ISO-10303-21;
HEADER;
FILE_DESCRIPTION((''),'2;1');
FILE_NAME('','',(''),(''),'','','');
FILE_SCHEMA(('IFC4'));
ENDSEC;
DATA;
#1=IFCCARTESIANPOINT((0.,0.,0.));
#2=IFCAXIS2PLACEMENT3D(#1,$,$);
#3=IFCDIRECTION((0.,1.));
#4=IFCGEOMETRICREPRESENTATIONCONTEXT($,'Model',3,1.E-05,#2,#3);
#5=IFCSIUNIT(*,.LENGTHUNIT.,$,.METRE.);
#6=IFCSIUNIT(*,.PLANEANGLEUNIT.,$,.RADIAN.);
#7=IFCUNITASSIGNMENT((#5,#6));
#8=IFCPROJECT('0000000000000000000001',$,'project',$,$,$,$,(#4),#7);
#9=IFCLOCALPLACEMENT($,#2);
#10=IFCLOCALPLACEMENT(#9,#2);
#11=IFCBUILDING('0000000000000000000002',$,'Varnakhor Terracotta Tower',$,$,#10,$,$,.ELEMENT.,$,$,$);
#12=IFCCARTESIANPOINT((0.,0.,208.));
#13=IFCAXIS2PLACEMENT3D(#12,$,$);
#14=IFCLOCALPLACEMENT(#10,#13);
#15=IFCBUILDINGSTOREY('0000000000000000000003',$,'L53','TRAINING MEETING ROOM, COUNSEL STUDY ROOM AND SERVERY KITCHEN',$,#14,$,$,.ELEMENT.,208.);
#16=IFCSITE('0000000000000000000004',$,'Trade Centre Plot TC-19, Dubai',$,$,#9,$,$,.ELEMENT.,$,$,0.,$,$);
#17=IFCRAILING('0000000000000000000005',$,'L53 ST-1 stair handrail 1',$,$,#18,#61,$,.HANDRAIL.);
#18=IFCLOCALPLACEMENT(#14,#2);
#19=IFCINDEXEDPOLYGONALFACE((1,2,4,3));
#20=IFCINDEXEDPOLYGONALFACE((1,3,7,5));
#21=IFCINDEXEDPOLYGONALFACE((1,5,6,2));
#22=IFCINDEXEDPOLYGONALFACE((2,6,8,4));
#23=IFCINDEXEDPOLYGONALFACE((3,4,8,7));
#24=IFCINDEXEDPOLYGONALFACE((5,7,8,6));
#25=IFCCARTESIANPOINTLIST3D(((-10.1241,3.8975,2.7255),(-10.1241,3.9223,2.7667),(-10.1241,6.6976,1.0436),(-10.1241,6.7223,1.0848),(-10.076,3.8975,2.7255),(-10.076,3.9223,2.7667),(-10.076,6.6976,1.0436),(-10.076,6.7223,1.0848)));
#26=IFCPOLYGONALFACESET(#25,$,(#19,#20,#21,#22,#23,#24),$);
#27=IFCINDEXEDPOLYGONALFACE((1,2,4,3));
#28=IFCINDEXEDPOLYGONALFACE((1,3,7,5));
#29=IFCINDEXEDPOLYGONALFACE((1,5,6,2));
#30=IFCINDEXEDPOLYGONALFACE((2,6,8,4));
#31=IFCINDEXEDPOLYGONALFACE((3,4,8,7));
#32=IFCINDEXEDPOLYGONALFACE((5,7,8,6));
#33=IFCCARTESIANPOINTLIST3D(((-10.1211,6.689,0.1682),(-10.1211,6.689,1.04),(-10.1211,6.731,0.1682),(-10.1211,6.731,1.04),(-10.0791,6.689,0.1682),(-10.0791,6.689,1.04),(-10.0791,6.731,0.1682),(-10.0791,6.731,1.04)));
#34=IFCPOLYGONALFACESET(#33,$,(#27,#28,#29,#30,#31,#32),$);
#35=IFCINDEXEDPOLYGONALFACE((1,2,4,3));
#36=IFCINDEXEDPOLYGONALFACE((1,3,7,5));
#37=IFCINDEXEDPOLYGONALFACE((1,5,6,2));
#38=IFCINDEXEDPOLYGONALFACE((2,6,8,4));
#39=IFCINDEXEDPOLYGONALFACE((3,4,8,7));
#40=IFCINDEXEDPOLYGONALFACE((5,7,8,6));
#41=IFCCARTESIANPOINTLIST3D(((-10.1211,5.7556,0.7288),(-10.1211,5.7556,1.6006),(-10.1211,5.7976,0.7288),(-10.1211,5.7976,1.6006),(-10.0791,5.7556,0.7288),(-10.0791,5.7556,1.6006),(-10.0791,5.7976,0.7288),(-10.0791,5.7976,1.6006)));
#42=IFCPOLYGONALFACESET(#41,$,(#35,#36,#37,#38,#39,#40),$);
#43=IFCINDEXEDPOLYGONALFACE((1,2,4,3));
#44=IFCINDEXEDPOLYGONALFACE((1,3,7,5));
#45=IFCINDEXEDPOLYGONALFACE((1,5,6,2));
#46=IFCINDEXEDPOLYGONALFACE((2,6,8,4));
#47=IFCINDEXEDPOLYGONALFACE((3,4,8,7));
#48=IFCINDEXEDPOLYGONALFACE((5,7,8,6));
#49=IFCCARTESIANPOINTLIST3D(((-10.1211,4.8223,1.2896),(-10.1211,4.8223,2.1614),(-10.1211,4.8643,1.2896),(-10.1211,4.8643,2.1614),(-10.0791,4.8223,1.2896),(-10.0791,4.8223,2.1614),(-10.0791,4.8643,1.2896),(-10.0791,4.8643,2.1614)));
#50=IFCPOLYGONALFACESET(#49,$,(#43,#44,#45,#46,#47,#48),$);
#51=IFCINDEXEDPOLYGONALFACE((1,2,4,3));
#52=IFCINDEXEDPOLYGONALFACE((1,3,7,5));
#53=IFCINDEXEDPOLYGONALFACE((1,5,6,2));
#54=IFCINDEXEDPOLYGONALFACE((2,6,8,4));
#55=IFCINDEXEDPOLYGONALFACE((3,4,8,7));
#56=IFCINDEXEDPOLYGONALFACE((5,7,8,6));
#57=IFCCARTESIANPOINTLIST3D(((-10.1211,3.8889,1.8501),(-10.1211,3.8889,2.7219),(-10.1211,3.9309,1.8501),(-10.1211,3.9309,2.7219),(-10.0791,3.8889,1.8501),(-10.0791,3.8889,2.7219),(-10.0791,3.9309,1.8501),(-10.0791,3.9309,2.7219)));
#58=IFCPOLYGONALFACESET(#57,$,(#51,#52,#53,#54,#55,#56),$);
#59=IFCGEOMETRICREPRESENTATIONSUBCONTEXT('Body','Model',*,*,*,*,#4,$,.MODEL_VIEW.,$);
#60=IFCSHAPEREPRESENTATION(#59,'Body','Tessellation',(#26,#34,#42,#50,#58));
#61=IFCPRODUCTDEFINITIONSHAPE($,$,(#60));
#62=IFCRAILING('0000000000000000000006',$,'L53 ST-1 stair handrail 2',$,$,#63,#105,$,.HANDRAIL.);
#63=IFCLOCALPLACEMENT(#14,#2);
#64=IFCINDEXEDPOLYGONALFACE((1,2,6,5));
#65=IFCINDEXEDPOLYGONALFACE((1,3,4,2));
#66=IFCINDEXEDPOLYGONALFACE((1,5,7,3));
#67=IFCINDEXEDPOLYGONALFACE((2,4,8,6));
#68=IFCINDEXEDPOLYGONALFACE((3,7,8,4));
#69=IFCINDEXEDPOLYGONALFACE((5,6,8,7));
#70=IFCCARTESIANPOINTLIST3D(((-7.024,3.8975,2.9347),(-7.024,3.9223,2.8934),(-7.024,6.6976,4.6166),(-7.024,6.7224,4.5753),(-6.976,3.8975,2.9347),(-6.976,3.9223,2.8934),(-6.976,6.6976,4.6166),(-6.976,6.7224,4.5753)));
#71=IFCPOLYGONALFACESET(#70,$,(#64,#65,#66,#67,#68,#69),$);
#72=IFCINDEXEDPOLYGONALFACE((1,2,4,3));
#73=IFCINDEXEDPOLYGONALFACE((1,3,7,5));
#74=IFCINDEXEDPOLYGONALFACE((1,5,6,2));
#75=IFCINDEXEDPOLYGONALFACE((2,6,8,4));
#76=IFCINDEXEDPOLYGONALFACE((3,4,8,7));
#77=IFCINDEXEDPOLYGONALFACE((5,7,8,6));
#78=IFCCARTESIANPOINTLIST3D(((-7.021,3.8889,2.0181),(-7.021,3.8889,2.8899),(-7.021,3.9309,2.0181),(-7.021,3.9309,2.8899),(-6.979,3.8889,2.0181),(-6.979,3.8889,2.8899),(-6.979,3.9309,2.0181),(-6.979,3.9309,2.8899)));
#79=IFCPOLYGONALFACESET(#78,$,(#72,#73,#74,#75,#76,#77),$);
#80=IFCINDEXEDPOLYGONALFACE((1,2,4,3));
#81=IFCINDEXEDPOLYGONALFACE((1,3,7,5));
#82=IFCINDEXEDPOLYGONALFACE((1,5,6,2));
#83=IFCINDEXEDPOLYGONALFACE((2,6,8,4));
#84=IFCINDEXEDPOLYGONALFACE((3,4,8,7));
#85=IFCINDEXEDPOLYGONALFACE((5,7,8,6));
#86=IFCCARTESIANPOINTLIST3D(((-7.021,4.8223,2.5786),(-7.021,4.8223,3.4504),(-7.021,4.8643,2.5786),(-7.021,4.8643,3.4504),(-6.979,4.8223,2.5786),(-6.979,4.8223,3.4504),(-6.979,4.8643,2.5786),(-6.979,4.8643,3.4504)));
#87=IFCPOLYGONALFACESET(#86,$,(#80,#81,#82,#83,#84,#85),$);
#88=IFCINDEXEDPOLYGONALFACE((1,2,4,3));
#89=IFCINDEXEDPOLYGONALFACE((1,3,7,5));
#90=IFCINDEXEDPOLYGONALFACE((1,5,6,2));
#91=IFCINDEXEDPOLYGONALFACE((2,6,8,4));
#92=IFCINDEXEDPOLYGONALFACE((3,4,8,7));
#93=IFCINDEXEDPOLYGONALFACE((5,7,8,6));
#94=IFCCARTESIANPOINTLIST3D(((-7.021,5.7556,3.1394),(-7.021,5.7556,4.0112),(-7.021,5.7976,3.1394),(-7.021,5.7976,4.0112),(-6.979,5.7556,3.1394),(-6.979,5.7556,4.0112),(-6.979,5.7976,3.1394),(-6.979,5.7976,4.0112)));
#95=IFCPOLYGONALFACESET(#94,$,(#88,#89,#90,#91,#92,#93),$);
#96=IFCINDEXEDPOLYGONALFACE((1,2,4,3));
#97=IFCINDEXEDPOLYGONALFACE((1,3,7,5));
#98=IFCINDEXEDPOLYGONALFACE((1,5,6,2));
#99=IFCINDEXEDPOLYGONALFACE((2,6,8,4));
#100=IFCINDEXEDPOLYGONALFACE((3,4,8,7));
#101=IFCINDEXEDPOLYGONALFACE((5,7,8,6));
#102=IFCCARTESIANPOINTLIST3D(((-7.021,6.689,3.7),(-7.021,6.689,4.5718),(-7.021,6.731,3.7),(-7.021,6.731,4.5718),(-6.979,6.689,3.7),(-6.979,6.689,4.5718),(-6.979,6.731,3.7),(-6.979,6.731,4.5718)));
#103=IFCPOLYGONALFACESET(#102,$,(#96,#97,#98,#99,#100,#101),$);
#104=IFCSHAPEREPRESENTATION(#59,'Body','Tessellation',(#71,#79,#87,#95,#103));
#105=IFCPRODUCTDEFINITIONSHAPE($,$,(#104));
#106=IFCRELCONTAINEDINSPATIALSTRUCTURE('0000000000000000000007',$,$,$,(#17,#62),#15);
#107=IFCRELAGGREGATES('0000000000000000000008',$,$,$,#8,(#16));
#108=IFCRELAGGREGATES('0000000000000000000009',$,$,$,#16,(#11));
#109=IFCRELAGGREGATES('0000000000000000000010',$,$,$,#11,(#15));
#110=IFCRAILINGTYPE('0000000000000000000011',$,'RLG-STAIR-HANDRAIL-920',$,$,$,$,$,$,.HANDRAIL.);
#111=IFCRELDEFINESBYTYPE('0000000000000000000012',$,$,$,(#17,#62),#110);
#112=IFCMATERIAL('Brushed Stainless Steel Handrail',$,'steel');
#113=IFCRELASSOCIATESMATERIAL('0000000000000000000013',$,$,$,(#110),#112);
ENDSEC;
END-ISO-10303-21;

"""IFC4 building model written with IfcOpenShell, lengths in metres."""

from ifc_helpers import new_model, si_unit, direction, frame, origin, origin_2d, place, context, subcontext, project, spatial, rectangle, extrude, material, type_object, element, save


model = new_model("IFC4")

# Units and contexts
model_context = context("Model", 3, precision=1e-05, world=origin(), true_north=direction((0.0, 1.0)))
body_context = subcontext(model_context, "Body", "Model", "MODEL_VIEW")
ifc_project = project(units=[si_unit("LENGTHUNIT", "METRE"), si_unit("PLANEANGLEUNIT", "RADIAN")], contexts=[model_context])

# Site, building, storey
site_placement = place(None, origin())
site = spatial("IfcSite", under=ifc_project, at=site_placement, Name="Trade Centre Plot TC-19, Dubai", CompositionType="ELEMENT", RefElevation=0.0)
building_placement = place(site_placement, origin())
building = spatial("IfcBuilding", under=site, at=building_placement, Name="Varnakhor Terracotta Tower", CompositionType="ELEMENT")
storey_placement = place(building_placement, frame((0.0, 0.0, 208.0)))
storey = spatial("IfcBuildingStorey", under=building, at=storey_placement, Name="L53", Description="TRAINING MEETING ROOM, COUNSEL STUDY ROOM AND SERVERY KITCHEN", CompositionType="ELEMENT", Elevation=208.0)

# Railings
ifc_material_1 = material(Name="Brushed Stainless Steel Handrail", Category="steel")
railing_type_1 = type_object("IfcRailingType", Name="RLG-STAIR-HANDRAIL-920", PredefinedType="HANDRAIL", material=ifc_material_1)
railing_1_placement = place(storey_placement, frame((-10.1001, 6.71, 0.1682)))
element("IfcRailing", 1, at=railing_1_placement, inside=storey, type_object=railing_type_1, Name="L53 ST-1 stair handrail 1", PredefinedType="HANDRAIL", context=body_context, shape_type="SweptSolid", body=[
    extrude(rectangle(XDim=0.0481, YDim=0.0481, at=origin_2d()), frame((0.0, 0.0, 0.896), z_axis=(0.0, -0.857242, 0.514913), x_axis=(1.0, 0.0, 0.0)), (0.0, 0.0, 1.0), 3.2664),
    extrude(rectangle(XDim=0.042, YDim=0.042, at=origin_2d()), origin(), (0.0, 0.0, 1.0), 0.8718),
    extrude(rectangle(XDim=0.042, YDim=0.042, at=origin_2d()), frame((0.0, -0.9333, 0.5605)), (0.0, 0.0, 1.0), 0.8718),
    extrude(rectangle(XDim=0.042, YDim=0.042, at=origin_2d()), frame((0.0, -1.8667, 1.1213)), (0.0, 0.0, 1.0), 0.8718),
    extrude(rectangle(XDim=0.042, YDim=0.042, at=origin_2d()), frame((0.0, -2.8, 1.6819)), (0.0, 0.0, 1.0), 0.8718),
])
railing_2_placement = place(storey_placement, frame((-7.0, 3.9099, 2.0181)))
element("IfcRailing", 2, at=railing_2_placement, inside=storey, type_object=railing_type_1, Name="L53 ST-1 stair handrail 2", PredefinedType="HANDRAIL", context=body_context, shape_type="SweptSolid", body=[
    extrude(rectangle(XDim=0.0481, YDim=0.0481, at=origin_2d()), frame((0.0, 0.0, 0.896), z_axis=(0.0, 0.857242, 0.514913), x_axis=(-1.0, 0.0, 0.0)), (0.0, 0.0, 1.0), 3.2664),
    extrude(rectangle(XDim=0.042, YDim=0.042, at=origin_2d()), origin(), (0.0, 0.0, 1.0), 0.8718),
    extrude(rectangle(XDim=0.042, YDim=0.042, at=origin_2d()), frame((0.0, 0.9333, 0.5605)), (0.0, 0.0, 1.0), 0.8718),
    extrude(rectangle(XDim=0.042, YDim=0.042, at=origin_2d()), frame((0.0, 1.8667, 1.1213)), (0.0, 0.0, 1.0), 0.8718),
    extrude(rectangle(XDim=0.042, YDim=0.042, at=origin_2d()), frame((0.0, 2.8, 1.6819)), (0.0, 0.0, 1.0), 0.8718),
])

save(model, "model.ifc")
